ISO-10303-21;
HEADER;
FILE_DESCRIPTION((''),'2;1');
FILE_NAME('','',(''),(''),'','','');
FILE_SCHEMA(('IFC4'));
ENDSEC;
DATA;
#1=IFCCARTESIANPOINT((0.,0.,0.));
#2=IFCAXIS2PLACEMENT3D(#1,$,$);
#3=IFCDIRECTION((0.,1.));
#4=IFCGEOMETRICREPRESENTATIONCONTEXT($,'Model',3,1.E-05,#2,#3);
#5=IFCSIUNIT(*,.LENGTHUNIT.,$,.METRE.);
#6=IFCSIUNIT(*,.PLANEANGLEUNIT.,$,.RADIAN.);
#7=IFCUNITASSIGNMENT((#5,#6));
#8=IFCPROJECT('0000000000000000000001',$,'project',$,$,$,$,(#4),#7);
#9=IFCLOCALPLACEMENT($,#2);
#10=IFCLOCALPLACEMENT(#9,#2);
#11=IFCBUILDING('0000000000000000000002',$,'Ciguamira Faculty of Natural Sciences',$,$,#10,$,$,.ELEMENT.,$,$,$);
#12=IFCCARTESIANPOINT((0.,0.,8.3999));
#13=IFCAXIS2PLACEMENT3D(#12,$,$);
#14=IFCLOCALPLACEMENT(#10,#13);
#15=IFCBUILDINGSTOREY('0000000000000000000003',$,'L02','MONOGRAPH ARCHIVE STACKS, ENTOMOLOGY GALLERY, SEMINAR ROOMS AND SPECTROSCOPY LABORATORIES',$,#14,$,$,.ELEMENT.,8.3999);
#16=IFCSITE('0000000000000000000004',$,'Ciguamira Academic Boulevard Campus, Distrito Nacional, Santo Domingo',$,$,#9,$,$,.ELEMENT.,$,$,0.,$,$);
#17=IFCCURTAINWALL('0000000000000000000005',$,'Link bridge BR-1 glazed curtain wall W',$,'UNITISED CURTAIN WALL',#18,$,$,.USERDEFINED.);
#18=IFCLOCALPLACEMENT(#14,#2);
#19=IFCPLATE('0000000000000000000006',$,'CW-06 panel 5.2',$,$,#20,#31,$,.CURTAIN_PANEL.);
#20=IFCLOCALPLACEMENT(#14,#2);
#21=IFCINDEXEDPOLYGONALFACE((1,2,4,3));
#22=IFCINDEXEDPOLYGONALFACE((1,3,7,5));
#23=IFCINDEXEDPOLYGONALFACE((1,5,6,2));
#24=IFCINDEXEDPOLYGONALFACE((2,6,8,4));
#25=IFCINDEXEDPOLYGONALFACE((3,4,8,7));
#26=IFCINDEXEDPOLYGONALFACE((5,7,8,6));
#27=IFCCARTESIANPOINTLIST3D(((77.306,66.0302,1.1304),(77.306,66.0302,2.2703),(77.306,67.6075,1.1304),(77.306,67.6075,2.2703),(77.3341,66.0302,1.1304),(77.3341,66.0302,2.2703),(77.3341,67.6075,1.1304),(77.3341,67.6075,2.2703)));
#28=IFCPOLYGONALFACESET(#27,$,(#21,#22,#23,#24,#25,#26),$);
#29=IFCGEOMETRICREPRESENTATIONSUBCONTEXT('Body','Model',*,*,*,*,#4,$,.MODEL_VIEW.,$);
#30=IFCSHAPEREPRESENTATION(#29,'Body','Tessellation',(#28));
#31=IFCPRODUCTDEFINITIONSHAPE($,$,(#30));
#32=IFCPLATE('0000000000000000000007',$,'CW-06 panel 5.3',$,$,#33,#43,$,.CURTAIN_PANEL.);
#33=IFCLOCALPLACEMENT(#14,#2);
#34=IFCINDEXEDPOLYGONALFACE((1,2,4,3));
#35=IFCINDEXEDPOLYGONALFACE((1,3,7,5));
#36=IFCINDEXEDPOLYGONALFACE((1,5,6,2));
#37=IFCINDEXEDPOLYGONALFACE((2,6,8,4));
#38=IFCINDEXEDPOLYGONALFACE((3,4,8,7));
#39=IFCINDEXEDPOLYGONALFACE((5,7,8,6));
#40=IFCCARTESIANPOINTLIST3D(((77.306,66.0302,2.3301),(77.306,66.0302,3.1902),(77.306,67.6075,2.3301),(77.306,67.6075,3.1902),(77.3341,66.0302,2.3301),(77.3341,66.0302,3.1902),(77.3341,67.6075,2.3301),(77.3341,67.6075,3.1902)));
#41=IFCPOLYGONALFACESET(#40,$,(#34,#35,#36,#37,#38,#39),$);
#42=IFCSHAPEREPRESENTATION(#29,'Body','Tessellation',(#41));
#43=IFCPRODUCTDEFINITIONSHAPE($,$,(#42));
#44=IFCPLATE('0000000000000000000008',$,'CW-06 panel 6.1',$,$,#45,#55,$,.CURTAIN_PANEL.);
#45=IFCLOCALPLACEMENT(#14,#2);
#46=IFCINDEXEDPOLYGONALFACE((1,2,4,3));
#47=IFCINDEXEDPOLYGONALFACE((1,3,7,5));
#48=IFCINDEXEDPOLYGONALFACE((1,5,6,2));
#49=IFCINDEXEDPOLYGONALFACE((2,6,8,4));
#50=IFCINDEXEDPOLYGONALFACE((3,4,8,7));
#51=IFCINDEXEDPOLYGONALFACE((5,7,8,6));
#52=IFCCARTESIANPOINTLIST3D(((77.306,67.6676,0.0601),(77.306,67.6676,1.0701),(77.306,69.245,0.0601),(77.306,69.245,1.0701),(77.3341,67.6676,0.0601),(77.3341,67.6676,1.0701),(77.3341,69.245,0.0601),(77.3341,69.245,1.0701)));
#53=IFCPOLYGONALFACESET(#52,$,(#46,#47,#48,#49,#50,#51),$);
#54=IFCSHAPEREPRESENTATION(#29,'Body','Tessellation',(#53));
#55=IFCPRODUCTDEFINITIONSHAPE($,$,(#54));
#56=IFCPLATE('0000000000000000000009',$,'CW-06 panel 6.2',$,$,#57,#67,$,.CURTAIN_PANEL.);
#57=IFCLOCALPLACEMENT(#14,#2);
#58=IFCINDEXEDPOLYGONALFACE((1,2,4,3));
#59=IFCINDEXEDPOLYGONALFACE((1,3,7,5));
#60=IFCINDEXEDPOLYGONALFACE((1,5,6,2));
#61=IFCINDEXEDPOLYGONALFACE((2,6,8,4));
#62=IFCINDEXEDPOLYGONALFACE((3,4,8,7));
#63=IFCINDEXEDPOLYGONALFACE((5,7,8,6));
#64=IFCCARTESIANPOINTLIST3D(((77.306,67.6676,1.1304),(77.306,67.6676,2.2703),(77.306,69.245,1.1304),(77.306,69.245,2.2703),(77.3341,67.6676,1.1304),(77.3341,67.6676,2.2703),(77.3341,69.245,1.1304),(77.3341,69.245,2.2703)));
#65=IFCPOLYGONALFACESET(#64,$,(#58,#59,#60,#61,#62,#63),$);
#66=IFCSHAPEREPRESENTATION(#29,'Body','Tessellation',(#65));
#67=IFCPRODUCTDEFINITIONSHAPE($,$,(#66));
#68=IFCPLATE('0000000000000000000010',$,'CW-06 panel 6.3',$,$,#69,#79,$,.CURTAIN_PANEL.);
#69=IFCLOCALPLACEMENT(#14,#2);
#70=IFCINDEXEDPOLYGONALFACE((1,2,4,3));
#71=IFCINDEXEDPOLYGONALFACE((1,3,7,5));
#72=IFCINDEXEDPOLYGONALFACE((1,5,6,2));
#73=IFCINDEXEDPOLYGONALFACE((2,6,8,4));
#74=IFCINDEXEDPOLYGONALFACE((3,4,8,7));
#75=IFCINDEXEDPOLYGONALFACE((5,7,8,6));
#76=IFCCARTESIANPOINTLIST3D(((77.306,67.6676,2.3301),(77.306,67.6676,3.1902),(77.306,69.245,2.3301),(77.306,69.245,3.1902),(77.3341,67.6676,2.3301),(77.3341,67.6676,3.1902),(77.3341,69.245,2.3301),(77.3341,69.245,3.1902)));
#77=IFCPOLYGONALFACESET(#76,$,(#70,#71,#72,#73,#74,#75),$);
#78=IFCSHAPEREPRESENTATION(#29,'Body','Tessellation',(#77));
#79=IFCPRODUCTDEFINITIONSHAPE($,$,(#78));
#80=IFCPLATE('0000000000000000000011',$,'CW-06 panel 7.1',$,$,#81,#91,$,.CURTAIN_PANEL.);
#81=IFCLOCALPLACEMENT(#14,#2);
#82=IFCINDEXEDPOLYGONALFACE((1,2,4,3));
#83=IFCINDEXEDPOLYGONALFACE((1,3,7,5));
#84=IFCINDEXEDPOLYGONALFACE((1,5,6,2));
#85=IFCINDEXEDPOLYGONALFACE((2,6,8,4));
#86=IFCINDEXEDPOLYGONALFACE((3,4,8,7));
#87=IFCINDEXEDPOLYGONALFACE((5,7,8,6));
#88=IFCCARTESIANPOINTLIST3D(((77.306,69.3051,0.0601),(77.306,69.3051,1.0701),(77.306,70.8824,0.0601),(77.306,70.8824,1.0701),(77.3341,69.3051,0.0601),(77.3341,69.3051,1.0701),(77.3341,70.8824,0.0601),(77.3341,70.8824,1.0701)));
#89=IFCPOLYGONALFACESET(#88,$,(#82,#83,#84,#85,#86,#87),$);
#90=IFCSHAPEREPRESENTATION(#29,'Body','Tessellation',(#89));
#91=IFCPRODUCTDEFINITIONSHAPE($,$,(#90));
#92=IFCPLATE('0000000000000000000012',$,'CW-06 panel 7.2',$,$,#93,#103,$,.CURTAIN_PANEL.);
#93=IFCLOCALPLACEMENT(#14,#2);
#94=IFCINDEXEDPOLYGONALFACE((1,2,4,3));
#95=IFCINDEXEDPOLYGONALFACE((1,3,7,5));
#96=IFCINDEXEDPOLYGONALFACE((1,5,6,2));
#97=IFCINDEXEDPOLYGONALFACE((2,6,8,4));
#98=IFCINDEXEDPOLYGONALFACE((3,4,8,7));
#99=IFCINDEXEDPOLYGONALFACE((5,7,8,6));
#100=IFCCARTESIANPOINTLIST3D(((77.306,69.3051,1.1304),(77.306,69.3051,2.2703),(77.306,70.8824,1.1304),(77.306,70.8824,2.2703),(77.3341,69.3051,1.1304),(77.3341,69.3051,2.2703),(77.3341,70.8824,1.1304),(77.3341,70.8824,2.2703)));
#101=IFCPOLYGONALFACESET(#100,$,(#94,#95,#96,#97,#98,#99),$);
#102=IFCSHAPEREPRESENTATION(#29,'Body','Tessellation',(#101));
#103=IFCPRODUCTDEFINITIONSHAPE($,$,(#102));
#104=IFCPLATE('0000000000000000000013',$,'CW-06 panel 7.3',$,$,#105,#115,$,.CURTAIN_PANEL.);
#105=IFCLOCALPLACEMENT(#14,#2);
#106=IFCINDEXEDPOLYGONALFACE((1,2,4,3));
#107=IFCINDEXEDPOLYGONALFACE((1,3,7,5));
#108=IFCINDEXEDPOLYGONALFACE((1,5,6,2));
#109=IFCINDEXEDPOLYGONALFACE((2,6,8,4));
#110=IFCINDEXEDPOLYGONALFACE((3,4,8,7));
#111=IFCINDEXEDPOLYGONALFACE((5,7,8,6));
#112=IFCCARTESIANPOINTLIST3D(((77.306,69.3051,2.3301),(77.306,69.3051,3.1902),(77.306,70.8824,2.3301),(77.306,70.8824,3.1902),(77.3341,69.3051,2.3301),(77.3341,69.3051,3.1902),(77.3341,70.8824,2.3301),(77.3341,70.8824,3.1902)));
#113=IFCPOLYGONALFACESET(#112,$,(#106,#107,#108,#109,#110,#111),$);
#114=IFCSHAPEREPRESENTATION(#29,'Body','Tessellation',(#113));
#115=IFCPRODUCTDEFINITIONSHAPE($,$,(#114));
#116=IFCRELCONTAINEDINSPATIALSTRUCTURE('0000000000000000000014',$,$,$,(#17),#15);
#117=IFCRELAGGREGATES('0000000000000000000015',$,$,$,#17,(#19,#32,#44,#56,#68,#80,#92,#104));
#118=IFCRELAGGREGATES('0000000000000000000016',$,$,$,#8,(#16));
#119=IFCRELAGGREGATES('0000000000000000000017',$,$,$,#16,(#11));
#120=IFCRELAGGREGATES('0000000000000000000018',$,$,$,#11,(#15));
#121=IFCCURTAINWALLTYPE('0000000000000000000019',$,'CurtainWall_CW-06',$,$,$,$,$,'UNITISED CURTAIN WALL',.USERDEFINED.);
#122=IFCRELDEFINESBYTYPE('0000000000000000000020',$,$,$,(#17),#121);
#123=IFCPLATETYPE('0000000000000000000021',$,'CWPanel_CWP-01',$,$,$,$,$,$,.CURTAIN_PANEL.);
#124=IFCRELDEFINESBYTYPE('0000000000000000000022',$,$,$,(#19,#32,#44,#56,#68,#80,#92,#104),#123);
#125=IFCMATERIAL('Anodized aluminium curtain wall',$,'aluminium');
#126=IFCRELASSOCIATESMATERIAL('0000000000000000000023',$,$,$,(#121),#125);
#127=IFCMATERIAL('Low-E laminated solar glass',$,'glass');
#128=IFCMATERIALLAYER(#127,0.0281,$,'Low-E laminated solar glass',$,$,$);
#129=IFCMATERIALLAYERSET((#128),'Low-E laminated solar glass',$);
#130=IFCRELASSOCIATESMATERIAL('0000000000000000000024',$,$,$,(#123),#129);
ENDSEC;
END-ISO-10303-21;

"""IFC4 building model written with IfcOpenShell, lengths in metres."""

from ifc_helpers import new_model, si_unit, direction, frame, origin, origin_2d, place, context, subcontext, project, spatial, rectangle, extrude, material, layer, layer_set, type_object, element, aggregate, save


model = new_model("IFC4")

# Units and contexts
model_context = context("Model", 3, precision=1e-05, world=origin(), true_north=direction((0.0, 1.0)))
body_context = subcontext(model_context, "Body", "Model", "MODEL_VIEW")
ifc_project = project(units=[si_unit("LENGTHUNIT", "METRE"), si_unit("PLANEANGLEUNIT", "RADIAN")], contexts=[model_context])

# Site, building, storey
site_placement = place(None, origin())
site = spatial("IfcSite", under=ifc_project, at=site_placement, Name="Ciguamira Academic Boulevard Campus, Distrito Nacional, Santo Domingo", CompositionType="ELEMENT", RefElevation=0.0)
building_placement = place(site_placement, origin())
building = spatial("IfcBuilding", under=site, at=building_placement, Name="Ciguamira Faculty of Natural Sciences", CompositionType="ELEMENT")
storey_placement = place(building_placement, frame((0.0, 0.0, 8.3999)))
storey = spatial("IfcBuildingStorey", under=building, at=storey_placement, Name="L02", Description="MONOGRAPH ARCHIVE STACKS, ENTOMOLOGY GALLERY, SEMINAR ROOMS AND SPECTROSCOPY LABORATORIES", CompositionType="ELEMENT", Elevation=8.3999)

# Curtain wall, plates
ifc_material_1 = material(Name="Anodized aluminium curtain wall", Category="aluminium")
curtain_wall_type = type_object("IfcCurtainWallType", Name="CurtainWall_CW-06", ElementType="UNITISED CURTAIN WALL", PredefinedType="USERDEFINED", material=ifc_material_1)
curtain_wall_placement = place(storey_placement, origin())
curtain_wall = element("IfcCurtainWall", 1, at=curtain_wall_placement, inside=storey, type_object=curtain_wall_type, Name="Link bridge BR-1 glazed curtain wall W", ObjectType="UNITISED CURTAIN WALL", PredefinedType="USERDEFINED")
ifc_material_2 = material(Name="Low-E laminated solar glass", Category="glass")
ifc_layer = layer(ifc_material_2, 0.0281, Name="Low-E laminated solar glass")
ifc_layer_set = layer_set([ifc_layer], Name="Low-E laminated solar glass")
plate_type = type_object("IfcPlateType", Name="CWPanel_CWP-01", PredefinedType="CURTAIN_PANEL", material=ifc_layer_set)
plate_1_placement = place(storey_placement, frame((77.3201, 66.8188, 1.1304), z_axis=(0.0, 0.0, 1.0), x_axis=(0.0, 1.0, 0.0)))
plate_1 = element("IfcPlate", 2, at=plate_1_placement, type_object=plate_type, Name="CW-06 panel 5.2", PredefinedType="CURTAIN_PANEL", context=body_context, shape_type="SweptSolid", body=[
    extrude(rectangle(XDim=1.5774, YDim=0.0281, at=origin_2d()), origin(), (0.0, 0.0, 1.0), 1.1399),
])
plate_2_placement = place(storey_placement, frame((77.3201, 66.8188, 2.3301), z_axis=(0.0, 0.0, 1.0), x_axis=(0.0, 1.0, 0.0)))
plate_2 = element("IfcPlate", 3, at=plate_2_placement, type_object=plate_type, Name="CW-06 panel 5.3", PredefinedType="CURTAIN_PANEL", context=body_context, shape_type="SweptSolid", body=[
    extrude(rectangle(XDim=1.5774, YDim=0.0281, at=origin_2d()), origin(), (0.0, 0.0, 1.0), 0.8601),
])
plate_3_placement = place(storey_placement, frame((77.3201, 68.4563, 0.0601), z_axis=(0.0, 0.0, 1.0), x_axis=(0.0, 1.0, 0.0)))
plate_3 = element("IfcPlate", 4, at=plate_3_placement, type_object=plate_type, Name="CW-06 panel 6.1", PredefinedType="CURTAIN_PANEL", context=body_context, shape_type="SweptSolid", body=[
    extrude(rectangle(XDim=1.5774, YDim=0.0281, at=origin_2d()), origin(), (0.0, 0.0, 1.0), 1.01),
])
plate_4_placement = place(storey_placement, frame((77.3201, 68.4563, 1.1304), z_axis=(0.0, 0.0, 1.0), x_axis=(0.0, 1.0, 0.0)))
plate_4 = element("IfcPlate", 5, at=plate_4_placement, type_object=plate_type, Name="CW-06 panel 6.2", PredefinedType="CURTAIN_PANEL", context=body_context, shape_type="SweptSolid", body=[
    extrude(rectangle(XDim=1.5774, YDim=0.0281, at=origin_2d()), origin(), (0.0, 0.0, 1.0), 1.1399),
])
plate_5_placement = place(storey_placement, frame((77.3201, 68.4563, 2.3301), z_axis=(0.0, 0.0, 1.0), x_axis=(0.0, 1.0, 0.0)))
plate_5 = element("IfcPlate", 6, at=plate_5_placement, type_object=plate_type, Name="CW-06 panel 6.3", PredefinedType="CURTAIN_PANEL", context=body_context, shape_type="SweptSolid", body=[
    extrude(rectangle(XDim=1.5774, YDim=0.0281, at=origin_2d()), origin(), (0.0, 0.0, 1.0), 0.8601),
])
plate_6_placement = place(storey_placement, frame((77.3201, 70.0938, 0.0601), z_axis=(0.0, 0.0, 1.0), x_axis=(0.0, 1.0, 0.0)))
plate_6 = element("IfcPlate", 7, at=plate_6_placement, type_object=plate_type, Name="CW-06 panel 7.1", PredefinedType="CURTAIN_PANEL", context=body_context, shape_type="SweptSolid", body=[
    extrude(rectangle(XDim=1.5774, YDim=0.0281, at=origin_2d()), origin(), (0.0, 0.0, 1.0), 1.01),
])
plate_7_placement = place(storey_placement, frame((77.3201, 70.0938, 1.1304), z_axis=(0.0, 0.0, 1.0), x_axis=(0.0, 1.0, 0.0)))
plate_7 = element("IfcPlate", 8, at=plate_7_placement, type_object=plate_type, Name="CW-06 panel 7.2", PredefinedType="CURTAIN_PANEL", context=body_context, shape_type="SweptSolid", body=[
    extrude(rectangle(XDim=1.5774, YDim=0.0281, at=origin_2d()), origin(), (0.0, 0.0, 1.0), 1.1399),
])
plate_8_placement = place(storey_placement, frame((77.3201, 70.0938, 2.3301), z_axis=(0.0, 0.0, 1.0), x_axis=(0.0, 1.0, 0.0)))
plate_8 = element("IfcPlate", 9, at=plate_8_placement, type_object=plate_type, Name="CW-06 panel 7.3", PredefinedType="CURTAIN_PANEL", context=body_context, shape_type="SweptSolid", body=[
    extrude(rectangle(XDim=1.5774, YDim=0.0281, at=origin_2d()), origin(), (0.0, 0.0, 1.0), 0.8601),
])
aggregate(curtain_wall, [plate_1, plate_2, plate_3, plate_4, plate_5, plate_6, plate_7, plate_8])

save(model, "model.ifc")
